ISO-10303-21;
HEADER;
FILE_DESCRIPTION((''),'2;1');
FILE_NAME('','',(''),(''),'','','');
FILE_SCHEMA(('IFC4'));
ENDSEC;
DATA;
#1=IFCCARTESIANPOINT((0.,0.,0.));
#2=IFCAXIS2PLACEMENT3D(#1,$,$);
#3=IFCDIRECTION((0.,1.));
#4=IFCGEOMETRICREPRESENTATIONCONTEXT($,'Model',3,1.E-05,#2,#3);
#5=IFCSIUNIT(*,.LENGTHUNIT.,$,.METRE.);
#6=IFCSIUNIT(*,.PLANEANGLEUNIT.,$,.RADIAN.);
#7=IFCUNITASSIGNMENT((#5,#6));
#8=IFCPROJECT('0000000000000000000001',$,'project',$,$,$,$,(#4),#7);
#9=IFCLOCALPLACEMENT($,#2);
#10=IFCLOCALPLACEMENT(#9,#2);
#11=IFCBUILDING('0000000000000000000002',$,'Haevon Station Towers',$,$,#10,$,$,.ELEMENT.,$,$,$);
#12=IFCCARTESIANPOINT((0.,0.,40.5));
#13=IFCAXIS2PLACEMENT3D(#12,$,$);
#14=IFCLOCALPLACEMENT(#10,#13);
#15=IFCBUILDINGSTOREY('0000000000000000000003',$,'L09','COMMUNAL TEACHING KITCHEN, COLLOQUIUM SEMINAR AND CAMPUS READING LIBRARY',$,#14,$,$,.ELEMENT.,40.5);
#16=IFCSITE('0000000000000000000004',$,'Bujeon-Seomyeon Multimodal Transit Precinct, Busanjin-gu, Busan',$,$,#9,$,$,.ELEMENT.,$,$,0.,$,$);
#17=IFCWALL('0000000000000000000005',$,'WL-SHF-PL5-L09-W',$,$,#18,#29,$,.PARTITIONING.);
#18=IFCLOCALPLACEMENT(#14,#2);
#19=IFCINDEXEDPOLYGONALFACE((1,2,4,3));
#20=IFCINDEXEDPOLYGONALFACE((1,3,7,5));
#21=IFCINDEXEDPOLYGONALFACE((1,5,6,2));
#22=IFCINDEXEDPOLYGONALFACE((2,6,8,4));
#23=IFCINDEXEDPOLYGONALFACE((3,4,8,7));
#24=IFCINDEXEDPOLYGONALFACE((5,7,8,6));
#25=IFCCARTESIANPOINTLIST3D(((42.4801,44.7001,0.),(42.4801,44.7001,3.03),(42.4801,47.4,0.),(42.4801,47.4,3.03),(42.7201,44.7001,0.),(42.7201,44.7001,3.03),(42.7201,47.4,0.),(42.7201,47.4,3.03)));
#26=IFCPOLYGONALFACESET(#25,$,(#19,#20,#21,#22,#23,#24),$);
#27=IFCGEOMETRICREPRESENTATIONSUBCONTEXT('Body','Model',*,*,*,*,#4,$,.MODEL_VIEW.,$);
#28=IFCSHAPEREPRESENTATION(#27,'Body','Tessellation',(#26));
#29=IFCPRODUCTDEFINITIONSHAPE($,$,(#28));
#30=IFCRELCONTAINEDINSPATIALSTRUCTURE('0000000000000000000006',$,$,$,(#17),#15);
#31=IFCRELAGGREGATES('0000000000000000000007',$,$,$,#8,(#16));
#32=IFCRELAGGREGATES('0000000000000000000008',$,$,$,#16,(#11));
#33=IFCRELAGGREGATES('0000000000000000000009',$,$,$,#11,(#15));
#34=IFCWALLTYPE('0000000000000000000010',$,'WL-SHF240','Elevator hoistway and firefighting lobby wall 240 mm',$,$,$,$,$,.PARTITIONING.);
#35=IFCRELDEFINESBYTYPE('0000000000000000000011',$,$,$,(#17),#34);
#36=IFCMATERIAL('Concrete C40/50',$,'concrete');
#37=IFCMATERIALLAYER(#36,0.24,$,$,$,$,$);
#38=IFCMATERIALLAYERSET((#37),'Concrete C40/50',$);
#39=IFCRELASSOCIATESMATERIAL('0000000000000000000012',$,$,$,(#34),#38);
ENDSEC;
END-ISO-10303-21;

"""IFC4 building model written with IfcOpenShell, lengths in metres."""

from ifc_helpers import new_model, si_unit, direction, frame, frame_2d, origin, place, context, subcontext, project, spatial, rectangle, extrude, material, layer, layer_set, type_object, element, save


model = new_model("IFC4")

# Units and contexts
model_context = context("Model", 3, precision=1e-05, world=origin(), true_north=direction((0.0, 1.0)))
body_context = subcontext(model_context, "Body", "Model", "MODEL_VIEW")
ifc_project = project(units=[si_unit("LENGTHUNIT", "METRE"), si_unit("PLANEANGLEUNIT", "RADIAN")], contexts=[model_context])

# Site, building, storey
site_placement = place(None, origin())
site = spatial("IfcSite", under=ifc_project, at=site_placement, Name="Bujeon-Seomyeon Multimodal Transit Precinct, Busanjin-gu, Busan", CompositionType="ELEMENT", RefElevation=0.0)
building_placement = place(site_placement, origin())
building = spatial("IfcBuilding", under=site, at=building_placement, Name="Haevon Station Towers", CompositionType="ELEMENT")
storey_placement = place(building_placement, frame((0.0, 0.0, 40.5)))
storey = spatial("IfcBuildingStorey", under=building, at=storey_placement, Name="L09", Description="COMMUNAL TEACHING KITCHEN, COLLOQUIUM SEMINAR AND CAMPUS READING LIBRARY", CompositionType="ELEMENT", Elevation=40.5)

# Shared definitions
ifc_material_1 = material(Name="Concrete C40/50", Category="concrete")
ifc_layer_1 = layer(ifc_material_1, 0.24)
ifc_layer_set_1 = layer_set([ifc_layer_1], Name="Concrete C40/50")
wall_type_1 = type_object("IfcWallType", Name="WL-SHF240", Description="Elevator hoistway and firefighting lobby wall 240 mm", PredefinedType="PARTITIONING", material=ifc_layer_set_1)

# Wall
wall_1_placement = place(storey_placement, frame((42.6001, 44.7, 0.0), z_axis=(0.0, 0.0, 1.0), x_axis=(0.0, 1.0, 0.0)))
element("IfcWall", 1, at=wall_1_placement, inside=storey, type_object=wall_type_1, Name="WL-SHF-PL5-L09-W", PredefinedType="PARTITIONING", context=body_context, shape_type="SweptSolid", body=[
    extrude(rectangle(XDim=2.7, YDim=0.24, at=frame_2d((1.3501, 0.0))), origin(), (0.0, 0.0, 1.0), 3.03),
])

save(model, "model.ifc")
